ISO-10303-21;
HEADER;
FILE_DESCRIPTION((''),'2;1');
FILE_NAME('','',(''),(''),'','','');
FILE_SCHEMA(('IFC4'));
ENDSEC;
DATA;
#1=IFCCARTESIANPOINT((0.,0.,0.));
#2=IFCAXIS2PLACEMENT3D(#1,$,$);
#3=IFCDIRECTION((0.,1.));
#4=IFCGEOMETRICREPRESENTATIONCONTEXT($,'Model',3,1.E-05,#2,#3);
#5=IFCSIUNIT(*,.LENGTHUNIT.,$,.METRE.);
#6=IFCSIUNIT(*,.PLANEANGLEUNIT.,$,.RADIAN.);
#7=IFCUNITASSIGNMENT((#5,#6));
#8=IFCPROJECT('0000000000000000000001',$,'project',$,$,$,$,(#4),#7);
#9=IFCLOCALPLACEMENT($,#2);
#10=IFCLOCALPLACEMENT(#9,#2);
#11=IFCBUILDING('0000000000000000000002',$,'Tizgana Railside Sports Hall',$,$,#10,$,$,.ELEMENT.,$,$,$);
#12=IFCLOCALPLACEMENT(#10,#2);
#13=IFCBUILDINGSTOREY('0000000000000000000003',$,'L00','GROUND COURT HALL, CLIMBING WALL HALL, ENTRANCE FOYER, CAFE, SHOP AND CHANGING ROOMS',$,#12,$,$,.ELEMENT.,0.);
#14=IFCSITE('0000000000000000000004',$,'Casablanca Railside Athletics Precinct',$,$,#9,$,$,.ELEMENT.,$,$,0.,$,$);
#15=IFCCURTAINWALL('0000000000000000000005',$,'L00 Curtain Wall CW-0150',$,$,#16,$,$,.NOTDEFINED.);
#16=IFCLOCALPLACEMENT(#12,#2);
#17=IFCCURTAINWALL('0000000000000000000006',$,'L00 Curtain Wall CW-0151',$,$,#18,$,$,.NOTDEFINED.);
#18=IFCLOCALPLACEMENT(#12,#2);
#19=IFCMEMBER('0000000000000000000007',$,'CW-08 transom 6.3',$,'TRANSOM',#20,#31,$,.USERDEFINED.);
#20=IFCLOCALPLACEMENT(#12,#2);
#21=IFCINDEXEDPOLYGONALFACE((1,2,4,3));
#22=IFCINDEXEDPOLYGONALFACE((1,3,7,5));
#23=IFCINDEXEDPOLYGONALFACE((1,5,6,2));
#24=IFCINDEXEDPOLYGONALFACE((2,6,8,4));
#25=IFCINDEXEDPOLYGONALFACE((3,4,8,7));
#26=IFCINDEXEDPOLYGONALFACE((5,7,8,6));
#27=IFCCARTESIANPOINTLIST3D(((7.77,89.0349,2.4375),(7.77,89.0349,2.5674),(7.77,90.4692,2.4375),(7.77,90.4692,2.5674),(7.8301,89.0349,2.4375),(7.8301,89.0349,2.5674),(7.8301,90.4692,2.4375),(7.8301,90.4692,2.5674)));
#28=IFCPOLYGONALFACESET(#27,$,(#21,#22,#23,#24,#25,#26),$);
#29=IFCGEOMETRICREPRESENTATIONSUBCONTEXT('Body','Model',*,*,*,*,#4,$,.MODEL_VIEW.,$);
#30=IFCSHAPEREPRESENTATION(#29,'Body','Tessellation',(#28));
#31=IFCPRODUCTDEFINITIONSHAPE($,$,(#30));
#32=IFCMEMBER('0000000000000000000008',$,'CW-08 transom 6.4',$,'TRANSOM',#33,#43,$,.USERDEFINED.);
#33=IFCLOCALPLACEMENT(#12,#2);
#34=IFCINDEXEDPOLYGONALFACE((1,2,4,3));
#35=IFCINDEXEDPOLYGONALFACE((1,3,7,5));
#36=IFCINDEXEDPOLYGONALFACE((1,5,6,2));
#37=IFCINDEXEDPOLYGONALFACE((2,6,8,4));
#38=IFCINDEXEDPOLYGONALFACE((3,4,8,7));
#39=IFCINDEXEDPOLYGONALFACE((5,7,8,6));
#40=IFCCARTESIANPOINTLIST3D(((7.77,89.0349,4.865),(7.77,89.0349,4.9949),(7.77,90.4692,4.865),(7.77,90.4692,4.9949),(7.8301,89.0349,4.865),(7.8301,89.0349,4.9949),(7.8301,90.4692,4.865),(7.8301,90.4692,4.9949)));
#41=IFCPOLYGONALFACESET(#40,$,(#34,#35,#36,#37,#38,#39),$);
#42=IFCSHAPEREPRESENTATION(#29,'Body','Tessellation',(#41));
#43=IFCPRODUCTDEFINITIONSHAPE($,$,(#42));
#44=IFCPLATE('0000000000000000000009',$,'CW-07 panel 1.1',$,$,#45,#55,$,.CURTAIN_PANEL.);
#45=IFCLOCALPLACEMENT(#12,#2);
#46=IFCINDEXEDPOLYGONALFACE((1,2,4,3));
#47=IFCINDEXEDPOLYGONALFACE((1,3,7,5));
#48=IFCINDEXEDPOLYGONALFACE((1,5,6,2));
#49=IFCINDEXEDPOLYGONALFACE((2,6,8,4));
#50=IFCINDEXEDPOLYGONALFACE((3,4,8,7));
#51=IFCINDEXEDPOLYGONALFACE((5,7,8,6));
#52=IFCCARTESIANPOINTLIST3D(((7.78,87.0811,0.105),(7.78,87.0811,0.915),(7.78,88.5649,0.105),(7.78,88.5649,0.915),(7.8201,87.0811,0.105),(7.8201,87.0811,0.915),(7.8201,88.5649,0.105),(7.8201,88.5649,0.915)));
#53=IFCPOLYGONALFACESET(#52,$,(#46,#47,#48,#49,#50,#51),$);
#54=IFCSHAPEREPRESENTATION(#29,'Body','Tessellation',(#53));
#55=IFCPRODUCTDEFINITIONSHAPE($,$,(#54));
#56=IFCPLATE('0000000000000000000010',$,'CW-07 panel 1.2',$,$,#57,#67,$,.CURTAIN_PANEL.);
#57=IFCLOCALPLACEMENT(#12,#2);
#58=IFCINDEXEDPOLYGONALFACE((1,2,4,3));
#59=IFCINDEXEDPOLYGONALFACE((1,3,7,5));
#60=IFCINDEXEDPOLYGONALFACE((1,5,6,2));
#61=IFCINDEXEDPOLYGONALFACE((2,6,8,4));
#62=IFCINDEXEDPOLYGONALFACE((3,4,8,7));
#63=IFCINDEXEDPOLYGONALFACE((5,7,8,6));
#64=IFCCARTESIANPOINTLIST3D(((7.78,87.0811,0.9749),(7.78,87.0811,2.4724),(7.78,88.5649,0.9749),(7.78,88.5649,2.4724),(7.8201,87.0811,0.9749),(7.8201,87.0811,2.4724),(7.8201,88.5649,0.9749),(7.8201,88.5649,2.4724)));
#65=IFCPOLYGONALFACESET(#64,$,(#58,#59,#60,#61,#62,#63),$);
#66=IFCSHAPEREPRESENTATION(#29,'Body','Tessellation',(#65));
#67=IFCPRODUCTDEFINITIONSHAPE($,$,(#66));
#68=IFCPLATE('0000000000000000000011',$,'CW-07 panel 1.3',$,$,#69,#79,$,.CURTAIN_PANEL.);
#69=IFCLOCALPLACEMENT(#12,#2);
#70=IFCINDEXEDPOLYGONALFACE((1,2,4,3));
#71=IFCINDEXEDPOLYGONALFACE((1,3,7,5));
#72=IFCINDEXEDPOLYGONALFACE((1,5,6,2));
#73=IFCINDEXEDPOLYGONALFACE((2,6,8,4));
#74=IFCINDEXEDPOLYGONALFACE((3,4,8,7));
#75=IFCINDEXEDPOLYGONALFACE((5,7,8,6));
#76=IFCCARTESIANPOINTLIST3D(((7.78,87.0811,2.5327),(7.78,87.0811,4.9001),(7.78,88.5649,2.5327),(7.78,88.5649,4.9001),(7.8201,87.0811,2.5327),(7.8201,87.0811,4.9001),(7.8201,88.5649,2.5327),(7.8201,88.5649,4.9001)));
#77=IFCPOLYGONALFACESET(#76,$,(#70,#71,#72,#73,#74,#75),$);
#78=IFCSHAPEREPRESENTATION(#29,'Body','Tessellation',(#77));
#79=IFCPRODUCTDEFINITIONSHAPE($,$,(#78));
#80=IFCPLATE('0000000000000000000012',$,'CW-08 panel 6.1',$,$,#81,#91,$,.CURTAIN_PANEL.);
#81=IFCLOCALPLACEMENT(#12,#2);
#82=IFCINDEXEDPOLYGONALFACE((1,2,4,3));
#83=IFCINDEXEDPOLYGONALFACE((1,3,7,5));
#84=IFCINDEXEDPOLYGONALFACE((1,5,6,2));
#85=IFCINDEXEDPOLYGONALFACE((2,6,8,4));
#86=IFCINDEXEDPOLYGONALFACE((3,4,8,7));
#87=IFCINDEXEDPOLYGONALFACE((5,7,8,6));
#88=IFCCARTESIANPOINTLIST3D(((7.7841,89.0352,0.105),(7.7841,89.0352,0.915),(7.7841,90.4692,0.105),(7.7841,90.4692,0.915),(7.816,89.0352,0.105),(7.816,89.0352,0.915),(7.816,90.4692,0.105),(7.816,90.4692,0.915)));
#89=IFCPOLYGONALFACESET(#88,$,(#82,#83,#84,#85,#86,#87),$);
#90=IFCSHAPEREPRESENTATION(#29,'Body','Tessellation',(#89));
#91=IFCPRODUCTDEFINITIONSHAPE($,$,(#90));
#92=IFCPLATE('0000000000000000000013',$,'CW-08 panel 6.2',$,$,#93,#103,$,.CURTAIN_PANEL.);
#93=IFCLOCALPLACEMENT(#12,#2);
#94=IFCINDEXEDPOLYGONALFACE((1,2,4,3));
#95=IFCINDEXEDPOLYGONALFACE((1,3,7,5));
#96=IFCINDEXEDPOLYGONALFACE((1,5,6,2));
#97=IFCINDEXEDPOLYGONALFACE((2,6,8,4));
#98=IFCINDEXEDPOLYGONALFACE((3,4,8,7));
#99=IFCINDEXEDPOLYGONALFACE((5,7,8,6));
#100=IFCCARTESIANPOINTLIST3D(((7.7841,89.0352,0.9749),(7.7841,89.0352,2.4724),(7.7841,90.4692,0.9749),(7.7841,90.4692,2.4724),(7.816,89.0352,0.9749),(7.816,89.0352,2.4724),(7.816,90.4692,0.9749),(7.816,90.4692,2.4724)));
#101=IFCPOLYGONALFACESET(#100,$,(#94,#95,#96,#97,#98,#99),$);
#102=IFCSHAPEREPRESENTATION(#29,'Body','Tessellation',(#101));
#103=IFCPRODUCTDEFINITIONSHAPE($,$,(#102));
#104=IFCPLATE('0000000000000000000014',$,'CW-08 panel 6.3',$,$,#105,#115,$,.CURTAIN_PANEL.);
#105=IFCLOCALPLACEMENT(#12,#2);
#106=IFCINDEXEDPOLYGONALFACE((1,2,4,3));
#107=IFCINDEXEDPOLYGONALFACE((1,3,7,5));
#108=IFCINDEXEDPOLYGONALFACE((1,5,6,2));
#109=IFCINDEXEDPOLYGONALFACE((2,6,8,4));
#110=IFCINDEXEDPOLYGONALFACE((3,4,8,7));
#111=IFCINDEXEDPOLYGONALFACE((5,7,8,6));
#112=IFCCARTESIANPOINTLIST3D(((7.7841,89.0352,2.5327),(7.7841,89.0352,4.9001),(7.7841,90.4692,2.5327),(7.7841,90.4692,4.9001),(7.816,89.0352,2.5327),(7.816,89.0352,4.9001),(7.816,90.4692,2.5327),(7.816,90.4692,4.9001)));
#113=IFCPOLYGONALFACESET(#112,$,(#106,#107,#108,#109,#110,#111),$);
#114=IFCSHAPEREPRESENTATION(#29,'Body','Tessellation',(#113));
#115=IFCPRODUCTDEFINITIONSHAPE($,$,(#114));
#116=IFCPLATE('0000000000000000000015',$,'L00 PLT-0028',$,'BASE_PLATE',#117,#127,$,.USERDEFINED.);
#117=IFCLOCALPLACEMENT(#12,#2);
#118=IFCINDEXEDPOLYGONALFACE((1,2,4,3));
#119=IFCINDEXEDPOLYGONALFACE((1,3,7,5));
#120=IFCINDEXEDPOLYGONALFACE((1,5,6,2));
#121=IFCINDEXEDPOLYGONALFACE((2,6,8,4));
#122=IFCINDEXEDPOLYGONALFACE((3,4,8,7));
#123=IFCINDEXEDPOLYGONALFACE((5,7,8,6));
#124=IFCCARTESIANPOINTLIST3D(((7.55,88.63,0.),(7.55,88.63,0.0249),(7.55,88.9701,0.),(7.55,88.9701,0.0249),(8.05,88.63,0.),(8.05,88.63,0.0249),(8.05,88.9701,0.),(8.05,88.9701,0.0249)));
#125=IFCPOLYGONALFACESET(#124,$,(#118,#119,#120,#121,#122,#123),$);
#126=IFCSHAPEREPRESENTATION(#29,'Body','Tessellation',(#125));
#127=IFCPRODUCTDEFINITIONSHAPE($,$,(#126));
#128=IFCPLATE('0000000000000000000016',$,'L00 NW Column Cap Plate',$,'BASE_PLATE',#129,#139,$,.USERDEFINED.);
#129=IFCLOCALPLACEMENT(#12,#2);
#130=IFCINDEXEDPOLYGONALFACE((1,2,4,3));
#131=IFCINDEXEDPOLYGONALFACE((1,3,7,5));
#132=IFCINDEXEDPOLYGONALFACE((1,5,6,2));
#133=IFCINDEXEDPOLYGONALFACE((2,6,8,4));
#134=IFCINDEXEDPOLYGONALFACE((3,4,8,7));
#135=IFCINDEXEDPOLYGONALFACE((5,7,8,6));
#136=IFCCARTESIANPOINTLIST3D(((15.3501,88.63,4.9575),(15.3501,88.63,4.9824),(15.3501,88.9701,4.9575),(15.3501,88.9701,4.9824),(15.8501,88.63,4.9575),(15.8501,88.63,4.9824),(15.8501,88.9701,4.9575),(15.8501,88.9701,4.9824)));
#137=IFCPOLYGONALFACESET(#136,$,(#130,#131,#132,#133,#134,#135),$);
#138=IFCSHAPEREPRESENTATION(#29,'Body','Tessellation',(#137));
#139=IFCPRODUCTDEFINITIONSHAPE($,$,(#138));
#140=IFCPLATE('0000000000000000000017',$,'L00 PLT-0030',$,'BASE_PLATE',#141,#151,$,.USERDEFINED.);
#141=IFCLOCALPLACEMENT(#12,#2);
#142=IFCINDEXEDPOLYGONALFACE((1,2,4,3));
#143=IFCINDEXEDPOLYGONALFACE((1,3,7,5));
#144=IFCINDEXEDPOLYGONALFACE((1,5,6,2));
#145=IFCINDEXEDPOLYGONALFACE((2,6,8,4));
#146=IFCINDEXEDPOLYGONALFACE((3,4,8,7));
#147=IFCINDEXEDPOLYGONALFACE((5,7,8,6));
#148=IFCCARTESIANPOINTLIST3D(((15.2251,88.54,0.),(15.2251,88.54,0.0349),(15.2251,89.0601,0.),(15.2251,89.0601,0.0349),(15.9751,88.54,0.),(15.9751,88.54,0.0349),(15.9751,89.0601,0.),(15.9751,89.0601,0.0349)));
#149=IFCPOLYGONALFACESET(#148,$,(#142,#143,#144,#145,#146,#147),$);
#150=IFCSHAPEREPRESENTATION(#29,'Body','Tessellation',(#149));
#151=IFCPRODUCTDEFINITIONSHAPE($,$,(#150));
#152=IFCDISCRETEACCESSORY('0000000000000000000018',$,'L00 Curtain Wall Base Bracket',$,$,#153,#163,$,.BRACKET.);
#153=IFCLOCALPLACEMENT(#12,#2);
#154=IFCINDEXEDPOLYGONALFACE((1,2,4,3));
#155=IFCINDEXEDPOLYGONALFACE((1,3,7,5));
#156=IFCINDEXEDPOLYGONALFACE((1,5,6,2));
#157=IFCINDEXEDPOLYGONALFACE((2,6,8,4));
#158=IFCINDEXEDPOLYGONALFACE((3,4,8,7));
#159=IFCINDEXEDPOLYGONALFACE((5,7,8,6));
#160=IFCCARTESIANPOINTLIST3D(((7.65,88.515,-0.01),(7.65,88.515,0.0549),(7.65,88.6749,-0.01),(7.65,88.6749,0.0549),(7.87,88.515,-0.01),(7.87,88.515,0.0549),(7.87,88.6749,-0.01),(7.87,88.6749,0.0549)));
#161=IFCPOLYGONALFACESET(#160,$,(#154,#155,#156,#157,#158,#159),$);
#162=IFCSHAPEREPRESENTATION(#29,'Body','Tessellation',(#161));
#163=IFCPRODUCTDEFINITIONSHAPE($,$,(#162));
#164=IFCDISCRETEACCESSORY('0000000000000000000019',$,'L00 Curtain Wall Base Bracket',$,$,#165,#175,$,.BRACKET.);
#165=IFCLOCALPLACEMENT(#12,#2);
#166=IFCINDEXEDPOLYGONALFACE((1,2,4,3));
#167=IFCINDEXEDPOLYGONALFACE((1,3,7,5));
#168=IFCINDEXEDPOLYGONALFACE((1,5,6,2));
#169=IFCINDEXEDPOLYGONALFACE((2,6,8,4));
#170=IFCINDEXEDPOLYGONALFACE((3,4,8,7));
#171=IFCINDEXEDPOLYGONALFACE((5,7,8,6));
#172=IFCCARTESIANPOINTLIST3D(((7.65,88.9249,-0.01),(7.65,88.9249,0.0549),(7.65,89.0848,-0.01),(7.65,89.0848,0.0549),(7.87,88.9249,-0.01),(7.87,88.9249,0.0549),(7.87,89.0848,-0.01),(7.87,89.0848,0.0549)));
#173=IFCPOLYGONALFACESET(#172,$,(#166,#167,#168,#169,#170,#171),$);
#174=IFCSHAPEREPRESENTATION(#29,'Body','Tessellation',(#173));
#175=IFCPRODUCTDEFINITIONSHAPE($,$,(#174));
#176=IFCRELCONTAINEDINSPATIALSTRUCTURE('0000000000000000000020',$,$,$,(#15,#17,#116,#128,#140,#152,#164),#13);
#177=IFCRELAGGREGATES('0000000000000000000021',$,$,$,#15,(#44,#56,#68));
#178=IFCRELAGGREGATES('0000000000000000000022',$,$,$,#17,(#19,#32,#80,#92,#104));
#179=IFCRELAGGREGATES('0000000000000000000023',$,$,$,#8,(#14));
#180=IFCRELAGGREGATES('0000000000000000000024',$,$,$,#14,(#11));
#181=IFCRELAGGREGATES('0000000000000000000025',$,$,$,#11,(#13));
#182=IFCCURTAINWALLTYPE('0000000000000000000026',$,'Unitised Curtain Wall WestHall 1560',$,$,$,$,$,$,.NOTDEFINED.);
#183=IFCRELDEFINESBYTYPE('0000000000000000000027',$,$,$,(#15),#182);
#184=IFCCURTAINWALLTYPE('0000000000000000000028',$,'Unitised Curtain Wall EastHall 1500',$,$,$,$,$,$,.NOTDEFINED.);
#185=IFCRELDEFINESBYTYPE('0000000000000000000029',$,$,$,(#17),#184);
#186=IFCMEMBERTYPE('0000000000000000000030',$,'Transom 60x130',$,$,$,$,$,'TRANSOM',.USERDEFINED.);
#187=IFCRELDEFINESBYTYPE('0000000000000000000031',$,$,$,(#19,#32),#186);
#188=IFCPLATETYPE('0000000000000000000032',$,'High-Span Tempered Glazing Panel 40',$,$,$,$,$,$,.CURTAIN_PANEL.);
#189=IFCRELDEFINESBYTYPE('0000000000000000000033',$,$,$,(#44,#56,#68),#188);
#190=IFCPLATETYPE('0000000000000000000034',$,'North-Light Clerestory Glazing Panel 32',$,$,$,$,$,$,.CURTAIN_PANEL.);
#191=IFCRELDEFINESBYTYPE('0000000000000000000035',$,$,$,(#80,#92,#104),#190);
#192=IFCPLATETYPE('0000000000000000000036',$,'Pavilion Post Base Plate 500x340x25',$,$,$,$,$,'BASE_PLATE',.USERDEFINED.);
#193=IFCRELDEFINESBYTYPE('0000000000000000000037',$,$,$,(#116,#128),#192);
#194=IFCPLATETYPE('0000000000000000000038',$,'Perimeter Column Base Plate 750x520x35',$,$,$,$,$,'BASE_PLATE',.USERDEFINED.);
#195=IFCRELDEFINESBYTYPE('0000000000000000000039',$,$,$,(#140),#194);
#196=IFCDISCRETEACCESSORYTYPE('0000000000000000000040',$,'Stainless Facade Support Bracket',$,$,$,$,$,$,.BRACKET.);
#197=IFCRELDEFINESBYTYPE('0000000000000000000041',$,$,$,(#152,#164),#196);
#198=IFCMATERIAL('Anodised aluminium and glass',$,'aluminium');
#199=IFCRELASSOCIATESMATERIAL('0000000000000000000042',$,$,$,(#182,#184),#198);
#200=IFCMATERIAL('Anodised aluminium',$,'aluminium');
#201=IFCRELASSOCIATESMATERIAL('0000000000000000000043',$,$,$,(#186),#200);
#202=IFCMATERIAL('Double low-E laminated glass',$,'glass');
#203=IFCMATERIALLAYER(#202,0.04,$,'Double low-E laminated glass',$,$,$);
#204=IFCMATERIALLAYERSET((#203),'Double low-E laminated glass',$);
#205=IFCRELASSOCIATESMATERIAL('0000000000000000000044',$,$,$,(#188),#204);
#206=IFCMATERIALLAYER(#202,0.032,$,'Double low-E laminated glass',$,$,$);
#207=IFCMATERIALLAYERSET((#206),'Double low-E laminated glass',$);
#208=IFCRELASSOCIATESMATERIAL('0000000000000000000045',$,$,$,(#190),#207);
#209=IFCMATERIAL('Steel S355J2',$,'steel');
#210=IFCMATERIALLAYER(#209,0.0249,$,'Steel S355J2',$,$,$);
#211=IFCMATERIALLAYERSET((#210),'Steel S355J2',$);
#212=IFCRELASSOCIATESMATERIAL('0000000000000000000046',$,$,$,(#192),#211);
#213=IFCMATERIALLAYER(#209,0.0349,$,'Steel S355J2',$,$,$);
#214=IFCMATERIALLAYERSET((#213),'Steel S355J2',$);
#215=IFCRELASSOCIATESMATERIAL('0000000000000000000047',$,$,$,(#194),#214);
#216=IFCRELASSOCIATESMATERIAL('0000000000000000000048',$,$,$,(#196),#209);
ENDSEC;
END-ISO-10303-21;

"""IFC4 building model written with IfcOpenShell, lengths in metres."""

from ifc_helpers import new_model, si_unit, direction, frame, origin, origin_2d, place, context, subcontext, project, spatial, rectangle, extrude, material, layer, layer_set, material_profile, profile_set, type_object, element, aggregate, save


model = new_model("IFC4")

# Units and contexts
model_context = context("Model", 3, precision=1e-05, world=origin(), true_north=direction((0.0, 1.0)))
body_context = subcontext(model_context, "Body", "Model", "MODEL_VIEW")
ifc_project = project(units=[si_unit("LENGTHUNIT", "METRE"), si_unit("PLANEANGLEUNIT", "RADIAN")], contexts=[model_context])

# Site, building, storey
site_placement = place(None, origin())
site = spatial("IfcSite", under=ifc_project, at=site_placement, Name="Casablanca Railside Athletics Precinct", CompositionType="ELEMENT", RefElevation=0.0)
building_placement = place(site_placement, origin())
building = spatial("IfcBuilding", under=site, at=building_placement, Name="Tizgana Railside Sports Hall", CompositionType="ELEMENT")
storey_placement = place(building_placement, origin())
storey = spatial("IfcBuildingStorey", under=building, at=storey_placement, Name="L00", Description="GROUND COURT HALL, CLIMBING WALL HALL, ENTRANCE FOYER, CAFE, SHOP AND CHANGING ROOMS", CompositionType="ELEMENT", Elevation=0.0)

# Shared definitions
ifc_material_1 = material(Name="Steel S355J2", Category="steel")

# Curtain walls
ifc_material_2 = material(Name="Anodised aluminium and glass", Category="aluminium")
curtain_wall_type_1 = type_object("IfcCurtainWallType", Name="Unitised Curtain Wall WestHall 1560", PredefinedType="NOTDEFINED", material=ifc_material_2)
curtain_wall_1_placement = place(storey_placement, origin())
curtain_wall_1 = element("IfcCurtainWall", 1, at=curtain_wall_1_placement, inside=storey, type_object=curtain_wall_type_1, Name="L00 Curtain Wall CW-0150", PredefinedType="NOTDEFINED")
ifc_material_3 = material(Name="Anodised aluminium", Category="aluminium")
curtain_wall_type_2 = type_object("IfcCurtainWallType", Name="Unitised Curtain Wall EastHall 1500", PredefinedType="NOTDEFINED", material=ifc_material_2)
curtain_wall_2_placement = place(storey_placement, origin())
curtain_wall_2 = element("IfcCurtainWall", 2, at=curtain_wall_2_placement, inside=storey, type_object=curtain_wall_type_2, Name="L00 Curtain Wall CW-0151", PredefinedType="NOTDEFINED")

# Members
ifc_material_profile_1 = material_profile(ifc_material_3, rectangle(XDim=0.0601, YDim=0.1299, at=origin_2d()), Name="Transom 60x130")
ifc_profile_set_1 = profile_set([ifc_material_profile_1], Name="Anodised aluminium")
member_type_1 = type_object("IfcMemberType", Name="Transom 60x130", ElementType="TRANSOM", PredefinedType="USERDEFINED", material=ifc_profile_set_1)
member_1_placement = place(storey_placement, frame((7.8, 90.4692, 2.5024), z_axis=(0.0, -1.0, 0.0), x_axis=(1.0, 0.0, 0.0)))
member_1 = element("IfcMember", 3, at=member_1_placement, type_object=member_type_1, Name="CW-08 transom 6.3", ObjectType="TRANSOM", PredefinedType="USERDEFINED", context=body_context, shape_type="SweptSolid", body=[
    extrude(rectangle(XDim=0.0601, YDim=0.1299, at=origin_2d()), origin(), (0.0, 0.0, 1.0), 1.4343),
])
member_2_placement = place(storey_placement, frame((7.8, 90.4692, 4.9299), z_axis=(0.0, -1.0, 0.0), x_axis=(1.0, 0.0, 0.0)))
member_2 = element("IfcMember", 4, at=member_2_placement, type_object=member_type_1, Name="CW-08 transom 6.4", ObjectType="TRANSOM", PredefinedType="USERDEFINED", context=body_context, shape_type="SweptSolid", body=[
    extrude(rectangle(XDim=0.0601, YDim=0.1299, at=origin_2d()), origin(), (0.0, 0.0, 1.0), 1.4343),
])

# Plates
ifc_material_4 = material(Name="Double low-E laminated glass", Category="glass")
ifc_layer_1 = layer(ifc_material_4, 0.04, Name="Double low-E laminated glass")
ifc_layer_set_1 = layer_set([ifc_layer_1], Name="Double low-E laminated glass")
plate_type_1 = type_object("IfcPlateType", Name="High-Span Tempered Glazing Panel 40", PredefinedType="CURTAIN_PANEL", material=ifc_layer_set_1)
plate_1_placement = place(storey_placement, frame((7.8, 87.823, 0.105), z_axis=(0.0, 0.0, 1.0), x_axis=(0.0, -1.0, 0.0)))
plate_1 = element("IfcPlate", 5, at=plate_1_placement, type_object=plate_type_1, Name="CW-07 panel 1.1", PredefinedType="CURTAIN_PANEL", context=body_context, shape_type="SweptSolid", body=[
    extrude(rectangle(XDim=1.4839, YDim=0.04, at=origin_2d()), origin(), (0.0, 0.0, 1.0), 0.8101),
])
plate_2_placement = place(storey_placement, frame((7.8, 87.823, 0.9749), z_axis=(0.0, 0.0, 1.0), x_axis=(0.0, -1.0, 0.0)))
plate_2 = element("IfcPlate", 6, at=plate_2_placement, type_object=plate_type_1, Name="CW-07 panel 1.2", PredefinedType="CURTAIN_PANEL", context=body_context, shape_type="SweptSolid", body=[
    extrude(rectangle(XDim=1.4839, YDim=0.04, at=origin_2d()), origin(), (0.0, 0.0, 1.0), 1.4976),
])
plate_3_placement = place(storey_placement, frame((7.8, 87.823, 2.5327), z_axis=(0.0, 0.0, 1.0), x_axis=(0.0, -1.0, 0.0)))
plate_3 = element("IfcPlate", 7, at=plate_3_placement, type_object=plate_type_1, Name="CW-07 panel 1.3", PredefinedType="CURTAIN_PANEL", context=body_context, shape_type="SweptSolid", body=[
    extrude(rectangle(XDim=1.4839, YDim=0.04, at=origin_2d()), origin(), (0.0, 0.0, 1.0), 2.3674),
])
aggregate(curtain_wall_1, [plate_1, plate_2, plate_3])
ifc_layer_2 = layer(ifc_material_4, 0.032, Name="Double low-E laminated glass")
ifc_layer_set_2 = layer_set([ifc_layer_2], Name="Double low-E laminated glass")
plate_type_2 = type_object("IfcPlateType", Name="North-Light Clerestory Glazing Panel 32", PredefinedType="CURTAIN_PANEL", material=ifc_layer_set_2)
plate_4_placement = place(storey_placement, frame((7.8, 89.7522, 0.105), z_axis=(0.0, 0.0, 1.0), x_axis=(0.0, -1.0, 0.0)))
plate_4 = element("IfcPlate", 8, at=plate_4_placement, type_object=plate_type_2, Name="CW-08 panel 6.1", PredefinedType="CURTAIN_PANEL", context=body_context, shape_type="SweptSolid", body=[
    extrude(rectangle(XDim=1.4341, YDim=0.032, at=origin_2d()), origin(), (0.0, 0.0, 1.0), 0.8101),
])
plate_5_placement = place(storey_placement, frame((7.8, 89.7522, 0.9749), z_axis=(0.0, 0.0, 1.0), x_axis=(0.0, -1.0, 0.0)))
plate_5 = element("IfcPlate", 9, at=plate_5_placement, type_object=plate_type_2, Name="CW-08 panel 6.2", PredefinedType="CURTAIN_PANEL", context=body_context, shape_type="SweptSolid", body=[
    extrude(rectangle(XDim=1.4341, YDim=0.032, at=origin_2d()), origin(), (0.0, 0.0, 1.0), 1.4976),
])
plate_6_placement = place(storey_placement, frame((7.8, 89.7522, 2.5327), z_axis=(0.0, 0.0, 1.0), x_axis=(0.0, -1.0, 0.0)))
plate_6 = element("IfcPlate", 10, at=plate_6_placement, type_object=plate_type_2, Name="CW-08 panel 6.3", PredefinedType="CURTAIN_PANEL", context=body_context, shape_type="SweptSolid", body=[
    extrude(rectangle(XDim=1.4341, YDim=0.032, at=origin_2d()), origin(), (0.0, 0.0, 1.0), 2.3674),
])
aggregate(curtain_wall_2, [member_1, member_2, plate_4, plate_5, plate_6])

# Plates
ifc_layer_3 = layer(ifc_material_1, 0.0249, Name="Steel S355J2")
ifc_layer_set_3 = layer_set([ifc_layer_3], Name="Steel S355J2")
plate_type_3 = type_object("IfcPlateType", Name="Pavilion Post Base Plate 500x340x25", ElementType="BASE_PLATE", PredefinedType="USERDEFINED", material=ifc_layer_set_3)
for number, where, z_axis, x_axis, name in (
    (11, (7.8, 88.8, 0.0), (0.0, 0.0, 1.0), (1.0, 0.0, 0.0), "L00 PLT-0028"),
    (12, (15.6001, 88.8, 4.9575), (0.0, 0.0, 1.0), (1.0, 0.0, 0.0), "L00 NW Column Cap Plate"),
):
    element("IfcPlate", number, at=place(storey_placement, frame(where, z_axis=z_axis, x_axis=x_axis)), inside=storey, type_object=plate_type_3, Name=name, ObjectType="BASE_PLATE", PredefinedType="USERDEFINED", context=body_context, shape_type="SweptSolid", body=[
        extrude(rectangle(XDim=0.5, YDim=0.3401, at=origin_2d()), origin(), (0.0, 0.0, 1.0), 0.0249),
    ])
ifc_layer_4 = layer(ifc_material_1, 0.0349, Name="Steel S355J2")
ifc_layer_set_4 = layer_set([ifc_layer_4], Name="Steel S355J2")
plate_type_4 = type_object("IfcPlateType", Name="Perimeter Column Base Plate 750x520x35", ElementType="BASE_PLATE", PredefinedType="USERDEFINED", material=ifc_layer_set_4)
plate_7_placement = place(storey_placement, frame((15.6001, 88.8, 0.0), z_axis=(0.0, 0.0, 1.0), x_axis=(1.0, 0.0, 0.0)))
element("IfcPlate", 13, at=plate_7_placement, inside=storey, type_object=plate_type_4, Name="L00 PLT-0030", ObjectType="BASE_PLATE", PredefinedType="USERDEFINED", context=body_context, shape_type="SweptSolid", body=[
    extrude(rectangle(XDim=0.75, YDim=0.52, at=origin_2d()), origin(), (0.0, 0.0, 1.0), 0.0349),
])

# Discrete accessories
discrete_accessory_type = type_object("IfcDiscreteAccessoryType", Name="Stainless Facade Support Bracket", PredefinedType="BRACKET", material=ifc_material_1)
for number, where, z_axis, x_axis, name in (
    (14, (7.76, 88.595, -0.01), (0.0, 0.0, 1.0), (0.0, -1.0, 0.0), "L00 Curtain Wall Base Bracket"),
    (15, (7.76, 89.0049, -0.01), (0.0, 0.0, 1.0), (0.0, -1.0, 0.0), "L00 Curtain Wall Base Bracket"),
):
    element("IfcDiscreteAccessory", number, at=place(storey_placement, frame(where, z_axis=z_axis, x_axis=x_axis)), inside=storey, type_object=discrete_accessory_type, Name=name, PredefinedType="BRACKET", context=body_context, shape_type="SweptSolid", body=[
        extrude(rectangle(XDim=0.1599, YDim=0.22, at=origin_2d()), origin(), (0.0, 0.0, 1.0), 0.0649),
    ])

save(model, "model.ifc")
